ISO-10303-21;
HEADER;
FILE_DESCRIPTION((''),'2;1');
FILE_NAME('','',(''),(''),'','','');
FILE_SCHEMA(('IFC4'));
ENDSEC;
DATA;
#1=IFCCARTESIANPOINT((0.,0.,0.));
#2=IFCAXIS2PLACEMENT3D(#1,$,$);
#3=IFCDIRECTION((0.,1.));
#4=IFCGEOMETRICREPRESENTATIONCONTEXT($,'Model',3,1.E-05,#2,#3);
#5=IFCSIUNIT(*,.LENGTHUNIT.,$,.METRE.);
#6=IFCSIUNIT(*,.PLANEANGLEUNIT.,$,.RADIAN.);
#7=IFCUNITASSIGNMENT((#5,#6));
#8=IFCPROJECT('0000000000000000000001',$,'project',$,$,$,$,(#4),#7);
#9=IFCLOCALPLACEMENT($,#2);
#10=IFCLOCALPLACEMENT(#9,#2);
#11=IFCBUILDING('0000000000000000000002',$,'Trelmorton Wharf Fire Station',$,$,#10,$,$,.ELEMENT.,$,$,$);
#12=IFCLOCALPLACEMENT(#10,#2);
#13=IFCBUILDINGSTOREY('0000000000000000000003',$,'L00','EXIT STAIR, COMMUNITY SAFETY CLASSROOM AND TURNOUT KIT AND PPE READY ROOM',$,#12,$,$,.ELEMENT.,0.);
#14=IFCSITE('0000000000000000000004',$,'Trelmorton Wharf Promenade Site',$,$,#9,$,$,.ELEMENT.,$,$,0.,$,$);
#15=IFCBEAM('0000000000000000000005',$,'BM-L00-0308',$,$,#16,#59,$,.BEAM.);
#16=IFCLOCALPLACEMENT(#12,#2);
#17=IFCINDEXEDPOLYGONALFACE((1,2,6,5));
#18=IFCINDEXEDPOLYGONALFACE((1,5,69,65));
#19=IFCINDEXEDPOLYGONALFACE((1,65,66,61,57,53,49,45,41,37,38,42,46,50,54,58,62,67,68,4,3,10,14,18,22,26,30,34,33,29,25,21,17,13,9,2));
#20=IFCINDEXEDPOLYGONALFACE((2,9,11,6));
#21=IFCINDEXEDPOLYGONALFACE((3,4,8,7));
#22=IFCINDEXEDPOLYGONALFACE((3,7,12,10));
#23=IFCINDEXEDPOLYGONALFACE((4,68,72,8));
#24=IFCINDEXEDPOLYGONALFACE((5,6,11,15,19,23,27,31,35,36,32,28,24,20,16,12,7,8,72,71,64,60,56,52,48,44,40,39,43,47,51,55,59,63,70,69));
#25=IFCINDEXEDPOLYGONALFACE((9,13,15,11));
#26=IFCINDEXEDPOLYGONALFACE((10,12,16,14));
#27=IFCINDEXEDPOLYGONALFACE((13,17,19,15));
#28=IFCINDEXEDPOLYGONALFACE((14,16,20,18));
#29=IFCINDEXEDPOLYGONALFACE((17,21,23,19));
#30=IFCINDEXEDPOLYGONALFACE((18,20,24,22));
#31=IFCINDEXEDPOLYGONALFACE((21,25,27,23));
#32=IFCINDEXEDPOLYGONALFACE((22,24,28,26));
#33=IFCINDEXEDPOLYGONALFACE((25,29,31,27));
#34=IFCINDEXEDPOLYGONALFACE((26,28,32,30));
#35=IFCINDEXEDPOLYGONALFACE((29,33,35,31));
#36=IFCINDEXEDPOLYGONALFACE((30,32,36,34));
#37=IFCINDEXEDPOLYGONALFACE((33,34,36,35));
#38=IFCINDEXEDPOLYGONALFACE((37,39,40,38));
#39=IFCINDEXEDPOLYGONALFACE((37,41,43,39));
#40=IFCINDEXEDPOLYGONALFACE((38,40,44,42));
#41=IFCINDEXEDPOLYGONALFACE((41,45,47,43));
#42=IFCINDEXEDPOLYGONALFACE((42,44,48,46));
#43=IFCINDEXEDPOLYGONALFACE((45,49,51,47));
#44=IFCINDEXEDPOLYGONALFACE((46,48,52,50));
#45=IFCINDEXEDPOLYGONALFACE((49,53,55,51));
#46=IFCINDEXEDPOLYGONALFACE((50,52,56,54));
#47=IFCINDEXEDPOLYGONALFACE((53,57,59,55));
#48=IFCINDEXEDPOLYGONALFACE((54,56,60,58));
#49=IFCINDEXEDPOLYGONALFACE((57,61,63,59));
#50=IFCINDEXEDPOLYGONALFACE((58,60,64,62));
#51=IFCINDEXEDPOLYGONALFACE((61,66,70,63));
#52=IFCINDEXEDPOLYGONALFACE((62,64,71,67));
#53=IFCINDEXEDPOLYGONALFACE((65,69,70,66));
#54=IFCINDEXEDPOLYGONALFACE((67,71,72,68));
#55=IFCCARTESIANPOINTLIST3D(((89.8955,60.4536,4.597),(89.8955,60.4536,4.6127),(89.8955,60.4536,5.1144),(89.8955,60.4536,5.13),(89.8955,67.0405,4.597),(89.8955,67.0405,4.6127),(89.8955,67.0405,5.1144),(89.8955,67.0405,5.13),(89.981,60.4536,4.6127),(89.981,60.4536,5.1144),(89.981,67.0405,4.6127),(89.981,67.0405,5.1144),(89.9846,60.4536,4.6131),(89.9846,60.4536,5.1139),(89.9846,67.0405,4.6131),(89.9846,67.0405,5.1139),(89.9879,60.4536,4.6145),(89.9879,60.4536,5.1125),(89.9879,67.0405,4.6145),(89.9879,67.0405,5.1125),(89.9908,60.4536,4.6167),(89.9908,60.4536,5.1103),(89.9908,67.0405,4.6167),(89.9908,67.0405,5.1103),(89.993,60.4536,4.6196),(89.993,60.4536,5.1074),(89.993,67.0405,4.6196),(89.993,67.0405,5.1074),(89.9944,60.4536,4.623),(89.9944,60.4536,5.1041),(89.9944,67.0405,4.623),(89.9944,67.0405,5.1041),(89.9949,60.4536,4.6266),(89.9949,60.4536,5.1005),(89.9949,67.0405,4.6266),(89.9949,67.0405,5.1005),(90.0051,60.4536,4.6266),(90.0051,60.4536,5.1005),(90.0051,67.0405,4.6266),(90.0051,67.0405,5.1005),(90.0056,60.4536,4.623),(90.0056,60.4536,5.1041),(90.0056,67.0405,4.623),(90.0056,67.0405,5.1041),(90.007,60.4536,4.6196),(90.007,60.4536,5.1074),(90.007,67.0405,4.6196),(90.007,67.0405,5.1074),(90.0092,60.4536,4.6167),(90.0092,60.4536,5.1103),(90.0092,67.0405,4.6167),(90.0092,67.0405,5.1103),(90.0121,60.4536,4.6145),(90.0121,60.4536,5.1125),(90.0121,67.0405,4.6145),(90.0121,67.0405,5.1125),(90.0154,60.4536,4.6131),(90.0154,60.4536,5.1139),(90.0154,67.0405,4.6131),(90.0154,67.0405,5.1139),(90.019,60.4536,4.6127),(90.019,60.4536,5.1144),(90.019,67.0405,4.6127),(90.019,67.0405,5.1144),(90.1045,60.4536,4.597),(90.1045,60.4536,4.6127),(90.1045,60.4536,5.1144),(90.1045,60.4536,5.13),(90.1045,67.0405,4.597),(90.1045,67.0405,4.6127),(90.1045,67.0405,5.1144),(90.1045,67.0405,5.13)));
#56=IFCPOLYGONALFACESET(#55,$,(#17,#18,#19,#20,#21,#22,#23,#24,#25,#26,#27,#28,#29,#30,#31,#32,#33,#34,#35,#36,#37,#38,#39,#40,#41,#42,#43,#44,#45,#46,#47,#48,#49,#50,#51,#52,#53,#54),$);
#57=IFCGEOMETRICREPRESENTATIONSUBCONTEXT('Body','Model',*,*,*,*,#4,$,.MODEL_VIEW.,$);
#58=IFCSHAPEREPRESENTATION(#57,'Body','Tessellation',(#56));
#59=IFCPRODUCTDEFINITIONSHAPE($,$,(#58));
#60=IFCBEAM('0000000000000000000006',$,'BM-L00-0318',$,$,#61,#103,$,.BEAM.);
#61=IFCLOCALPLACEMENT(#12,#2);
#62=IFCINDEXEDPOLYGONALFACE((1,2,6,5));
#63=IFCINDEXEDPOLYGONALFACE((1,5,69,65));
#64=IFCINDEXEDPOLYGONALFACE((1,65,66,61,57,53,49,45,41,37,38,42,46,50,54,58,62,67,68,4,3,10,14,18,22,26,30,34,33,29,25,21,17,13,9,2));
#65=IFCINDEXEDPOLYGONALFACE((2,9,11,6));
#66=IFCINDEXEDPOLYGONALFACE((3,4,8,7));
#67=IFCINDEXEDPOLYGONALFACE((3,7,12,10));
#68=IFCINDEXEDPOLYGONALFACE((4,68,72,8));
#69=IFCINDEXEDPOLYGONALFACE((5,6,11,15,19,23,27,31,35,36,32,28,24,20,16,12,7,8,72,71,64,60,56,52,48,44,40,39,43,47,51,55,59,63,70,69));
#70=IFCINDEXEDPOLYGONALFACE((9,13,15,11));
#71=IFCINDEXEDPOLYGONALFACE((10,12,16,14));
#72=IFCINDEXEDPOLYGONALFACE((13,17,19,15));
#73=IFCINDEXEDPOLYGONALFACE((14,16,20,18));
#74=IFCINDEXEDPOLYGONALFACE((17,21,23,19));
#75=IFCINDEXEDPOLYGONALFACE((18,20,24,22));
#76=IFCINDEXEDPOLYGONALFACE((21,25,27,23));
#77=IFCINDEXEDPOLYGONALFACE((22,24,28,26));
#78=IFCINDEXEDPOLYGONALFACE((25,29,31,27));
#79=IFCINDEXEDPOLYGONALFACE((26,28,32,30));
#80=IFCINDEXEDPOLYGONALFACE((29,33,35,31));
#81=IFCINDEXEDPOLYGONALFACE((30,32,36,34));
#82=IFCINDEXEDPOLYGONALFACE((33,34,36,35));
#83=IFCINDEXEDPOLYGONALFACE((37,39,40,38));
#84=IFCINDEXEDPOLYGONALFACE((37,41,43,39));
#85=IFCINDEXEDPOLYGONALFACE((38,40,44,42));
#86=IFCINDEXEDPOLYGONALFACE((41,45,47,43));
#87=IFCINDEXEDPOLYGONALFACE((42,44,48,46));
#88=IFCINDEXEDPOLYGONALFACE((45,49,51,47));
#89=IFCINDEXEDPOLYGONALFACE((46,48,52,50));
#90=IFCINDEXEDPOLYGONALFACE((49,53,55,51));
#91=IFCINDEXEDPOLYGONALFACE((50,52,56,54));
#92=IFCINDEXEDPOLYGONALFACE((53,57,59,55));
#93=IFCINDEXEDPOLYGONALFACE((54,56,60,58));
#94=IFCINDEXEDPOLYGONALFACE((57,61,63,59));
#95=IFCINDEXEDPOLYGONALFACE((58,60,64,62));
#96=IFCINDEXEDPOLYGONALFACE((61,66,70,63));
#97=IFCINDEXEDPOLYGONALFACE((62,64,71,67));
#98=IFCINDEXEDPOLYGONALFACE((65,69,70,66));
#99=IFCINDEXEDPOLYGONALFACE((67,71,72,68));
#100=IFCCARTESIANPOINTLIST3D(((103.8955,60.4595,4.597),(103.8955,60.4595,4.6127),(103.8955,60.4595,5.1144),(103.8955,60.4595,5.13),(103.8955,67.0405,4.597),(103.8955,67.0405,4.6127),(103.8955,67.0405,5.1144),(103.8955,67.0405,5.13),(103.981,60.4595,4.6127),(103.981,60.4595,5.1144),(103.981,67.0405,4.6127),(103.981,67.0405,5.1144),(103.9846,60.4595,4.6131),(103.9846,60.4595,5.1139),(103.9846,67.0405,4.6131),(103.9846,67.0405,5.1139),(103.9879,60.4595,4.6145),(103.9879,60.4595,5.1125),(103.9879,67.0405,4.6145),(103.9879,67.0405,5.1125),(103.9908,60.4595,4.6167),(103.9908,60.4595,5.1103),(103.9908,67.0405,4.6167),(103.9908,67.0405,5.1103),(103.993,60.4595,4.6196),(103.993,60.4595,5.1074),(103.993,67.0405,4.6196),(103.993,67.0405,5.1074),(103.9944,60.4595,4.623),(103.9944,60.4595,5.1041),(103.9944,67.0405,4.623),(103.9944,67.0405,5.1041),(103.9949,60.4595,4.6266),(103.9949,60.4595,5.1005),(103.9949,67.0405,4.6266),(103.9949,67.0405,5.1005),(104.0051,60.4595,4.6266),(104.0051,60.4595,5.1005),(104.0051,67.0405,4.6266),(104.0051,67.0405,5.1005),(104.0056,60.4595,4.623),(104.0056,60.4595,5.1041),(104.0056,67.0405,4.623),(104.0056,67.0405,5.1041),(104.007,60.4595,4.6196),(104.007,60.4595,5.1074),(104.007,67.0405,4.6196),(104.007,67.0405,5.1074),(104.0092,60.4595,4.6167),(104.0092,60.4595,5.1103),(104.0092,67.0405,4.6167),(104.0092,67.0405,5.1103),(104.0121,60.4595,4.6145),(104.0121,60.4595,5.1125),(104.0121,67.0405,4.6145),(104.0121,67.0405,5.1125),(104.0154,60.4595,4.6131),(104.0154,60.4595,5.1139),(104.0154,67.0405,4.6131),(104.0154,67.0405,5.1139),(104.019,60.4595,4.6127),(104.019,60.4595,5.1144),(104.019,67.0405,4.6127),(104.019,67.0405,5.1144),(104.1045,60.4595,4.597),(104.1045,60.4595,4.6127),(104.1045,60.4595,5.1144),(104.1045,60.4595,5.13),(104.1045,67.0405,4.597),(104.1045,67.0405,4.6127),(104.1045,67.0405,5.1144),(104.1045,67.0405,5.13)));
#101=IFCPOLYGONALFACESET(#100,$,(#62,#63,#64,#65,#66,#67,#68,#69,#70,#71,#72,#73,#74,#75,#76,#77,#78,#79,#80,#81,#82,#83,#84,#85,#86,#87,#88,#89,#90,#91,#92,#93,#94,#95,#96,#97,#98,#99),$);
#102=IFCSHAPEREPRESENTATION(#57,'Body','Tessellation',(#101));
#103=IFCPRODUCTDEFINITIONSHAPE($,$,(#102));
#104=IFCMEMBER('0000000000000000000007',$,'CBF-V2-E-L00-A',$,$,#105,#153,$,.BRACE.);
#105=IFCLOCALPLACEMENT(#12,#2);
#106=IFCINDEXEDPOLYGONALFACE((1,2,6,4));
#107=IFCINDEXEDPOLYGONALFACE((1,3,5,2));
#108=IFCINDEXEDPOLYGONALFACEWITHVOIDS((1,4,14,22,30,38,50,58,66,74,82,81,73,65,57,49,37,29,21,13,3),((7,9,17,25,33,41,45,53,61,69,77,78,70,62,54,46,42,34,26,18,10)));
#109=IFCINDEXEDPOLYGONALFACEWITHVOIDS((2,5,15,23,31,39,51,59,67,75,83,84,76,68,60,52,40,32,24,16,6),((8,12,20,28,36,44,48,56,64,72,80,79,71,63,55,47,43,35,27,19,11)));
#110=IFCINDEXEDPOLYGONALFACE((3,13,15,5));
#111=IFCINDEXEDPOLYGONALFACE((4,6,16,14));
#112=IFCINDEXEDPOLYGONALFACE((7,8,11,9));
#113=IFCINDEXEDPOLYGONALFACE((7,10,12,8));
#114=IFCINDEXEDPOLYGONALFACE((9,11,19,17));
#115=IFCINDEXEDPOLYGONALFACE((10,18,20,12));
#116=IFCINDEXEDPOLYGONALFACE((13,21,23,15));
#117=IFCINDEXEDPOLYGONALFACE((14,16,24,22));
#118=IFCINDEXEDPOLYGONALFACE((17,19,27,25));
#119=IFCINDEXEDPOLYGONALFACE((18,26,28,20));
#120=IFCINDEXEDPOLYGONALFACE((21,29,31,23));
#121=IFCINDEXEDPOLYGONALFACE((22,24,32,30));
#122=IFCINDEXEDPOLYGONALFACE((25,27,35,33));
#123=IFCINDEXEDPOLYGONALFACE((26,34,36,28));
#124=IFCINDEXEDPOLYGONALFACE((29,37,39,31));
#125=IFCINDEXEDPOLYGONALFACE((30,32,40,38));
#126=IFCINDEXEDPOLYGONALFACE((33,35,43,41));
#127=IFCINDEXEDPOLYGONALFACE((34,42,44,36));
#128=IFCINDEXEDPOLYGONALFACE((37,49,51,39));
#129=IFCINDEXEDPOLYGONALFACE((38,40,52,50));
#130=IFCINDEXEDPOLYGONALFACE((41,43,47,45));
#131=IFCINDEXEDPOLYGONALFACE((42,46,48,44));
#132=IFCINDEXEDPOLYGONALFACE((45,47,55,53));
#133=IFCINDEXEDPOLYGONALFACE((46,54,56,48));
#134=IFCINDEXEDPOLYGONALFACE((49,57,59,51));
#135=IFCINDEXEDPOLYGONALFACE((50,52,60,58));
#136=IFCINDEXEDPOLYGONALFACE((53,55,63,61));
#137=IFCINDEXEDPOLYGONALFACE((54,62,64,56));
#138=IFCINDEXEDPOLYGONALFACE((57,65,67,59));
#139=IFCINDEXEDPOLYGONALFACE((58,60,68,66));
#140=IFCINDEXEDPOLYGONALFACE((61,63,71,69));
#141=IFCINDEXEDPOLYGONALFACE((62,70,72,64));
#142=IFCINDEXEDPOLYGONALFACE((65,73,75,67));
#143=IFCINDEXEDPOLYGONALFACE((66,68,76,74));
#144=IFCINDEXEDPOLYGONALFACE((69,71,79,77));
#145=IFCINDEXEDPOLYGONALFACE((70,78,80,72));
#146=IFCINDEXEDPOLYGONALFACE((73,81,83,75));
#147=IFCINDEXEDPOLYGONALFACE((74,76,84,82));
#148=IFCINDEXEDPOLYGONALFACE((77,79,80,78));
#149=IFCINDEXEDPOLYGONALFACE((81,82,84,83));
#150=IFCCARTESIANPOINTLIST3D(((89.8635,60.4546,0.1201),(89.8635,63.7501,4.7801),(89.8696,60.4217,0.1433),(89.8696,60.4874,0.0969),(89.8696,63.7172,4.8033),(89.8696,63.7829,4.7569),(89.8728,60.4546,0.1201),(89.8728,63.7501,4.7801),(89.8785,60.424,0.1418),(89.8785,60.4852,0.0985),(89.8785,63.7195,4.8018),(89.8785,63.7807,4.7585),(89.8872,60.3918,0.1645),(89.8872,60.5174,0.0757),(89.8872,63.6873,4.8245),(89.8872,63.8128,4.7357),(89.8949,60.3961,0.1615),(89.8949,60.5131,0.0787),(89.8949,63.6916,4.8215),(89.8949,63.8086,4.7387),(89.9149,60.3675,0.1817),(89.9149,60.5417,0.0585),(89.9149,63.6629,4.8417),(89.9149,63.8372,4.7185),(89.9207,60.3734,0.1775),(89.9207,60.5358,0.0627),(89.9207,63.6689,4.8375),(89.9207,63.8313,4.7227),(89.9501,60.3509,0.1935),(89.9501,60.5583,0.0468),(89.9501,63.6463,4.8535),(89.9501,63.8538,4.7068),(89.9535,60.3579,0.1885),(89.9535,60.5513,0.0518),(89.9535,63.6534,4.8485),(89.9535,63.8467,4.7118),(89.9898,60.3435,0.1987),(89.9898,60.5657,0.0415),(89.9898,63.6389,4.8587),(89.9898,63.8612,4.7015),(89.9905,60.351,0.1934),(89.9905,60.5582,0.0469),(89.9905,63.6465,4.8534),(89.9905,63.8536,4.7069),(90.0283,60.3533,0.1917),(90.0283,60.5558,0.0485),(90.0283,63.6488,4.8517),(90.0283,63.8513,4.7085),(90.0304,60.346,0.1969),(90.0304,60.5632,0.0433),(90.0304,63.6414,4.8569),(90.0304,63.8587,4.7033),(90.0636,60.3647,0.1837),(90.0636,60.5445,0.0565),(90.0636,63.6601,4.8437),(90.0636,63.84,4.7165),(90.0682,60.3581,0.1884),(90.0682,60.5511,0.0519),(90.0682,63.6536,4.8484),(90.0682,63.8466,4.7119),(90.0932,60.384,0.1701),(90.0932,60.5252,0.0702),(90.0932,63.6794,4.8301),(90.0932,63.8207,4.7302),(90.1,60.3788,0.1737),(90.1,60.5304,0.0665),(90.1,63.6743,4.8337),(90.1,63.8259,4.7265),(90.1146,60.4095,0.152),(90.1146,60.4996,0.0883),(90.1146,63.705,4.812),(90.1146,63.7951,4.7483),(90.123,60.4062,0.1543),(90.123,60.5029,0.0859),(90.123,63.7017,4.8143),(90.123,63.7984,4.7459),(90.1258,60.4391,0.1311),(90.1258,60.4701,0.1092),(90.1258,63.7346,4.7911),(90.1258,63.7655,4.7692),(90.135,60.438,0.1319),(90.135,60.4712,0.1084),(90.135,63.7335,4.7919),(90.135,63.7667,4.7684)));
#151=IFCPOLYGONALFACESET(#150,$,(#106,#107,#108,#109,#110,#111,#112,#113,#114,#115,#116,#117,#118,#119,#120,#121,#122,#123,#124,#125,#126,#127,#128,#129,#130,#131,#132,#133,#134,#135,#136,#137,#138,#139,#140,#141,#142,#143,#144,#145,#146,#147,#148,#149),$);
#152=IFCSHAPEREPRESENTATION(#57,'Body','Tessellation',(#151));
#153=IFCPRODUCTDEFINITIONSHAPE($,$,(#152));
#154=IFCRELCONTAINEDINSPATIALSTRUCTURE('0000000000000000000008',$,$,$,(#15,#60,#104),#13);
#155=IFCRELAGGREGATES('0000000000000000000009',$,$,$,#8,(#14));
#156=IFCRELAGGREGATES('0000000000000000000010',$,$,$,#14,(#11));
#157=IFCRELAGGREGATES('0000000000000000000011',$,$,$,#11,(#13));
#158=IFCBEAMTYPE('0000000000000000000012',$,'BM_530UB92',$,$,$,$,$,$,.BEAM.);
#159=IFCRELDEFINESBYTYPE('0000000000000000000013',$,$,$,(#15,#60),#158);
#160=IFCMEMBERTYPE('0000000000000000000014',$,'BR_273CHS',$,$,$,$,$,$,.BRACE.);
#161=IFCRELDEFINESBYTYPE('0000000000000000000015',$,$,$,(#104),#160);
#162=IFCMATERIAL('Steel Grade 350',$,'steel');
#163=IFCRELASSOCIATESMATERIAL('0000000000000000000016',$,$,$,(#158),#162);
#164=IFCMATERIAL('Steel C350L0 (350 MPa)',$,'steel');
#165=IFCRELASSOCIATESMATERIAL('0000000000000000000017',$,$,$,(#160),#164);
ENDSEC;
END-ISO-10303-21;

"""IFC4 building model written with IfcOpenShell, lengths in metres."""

from ifc_helpers import new_model, si_unit, direction, frame, origin, origin_2d, place, context, subcontext, project, spatial, hollow_circle, i_section, extrude, material, material_profile, profile_set, type_object, element, save


model = new_model("IFC4")

# Units and contexts
model_context = context("Model", 3, precision=1e-05, world=origin(), true_north=direction((0.0, 1.0)))
body_context = subcontext(model_context, "Body", "Model", "MODEL_VIEW")
ifc_project = project(units=[si_unit("LENGTHUNIT", "METRE"), si_unit("PLANEANGLEUNIT", "RADIAN")], contexts=[model_context])

# Site, building, storey
site_placement = place(None, origin())
site = spatial("IfcSite", under=ifc_project, at=site_placement, Name="Trelmorton Wharf Promenade Site", CompositionType="ELEMENT", RefElevation=0.0)
building_placement = place(site_placement, origin())
building = spatial("IfcBuilding", under=site, at=building_placement, Name="Trelmorton Wharf Fire Station", CompositionType="ELEMENT")
storey_placement = place(building_placement, origin())
storey = spatial("IfcBuildingStorey", under=building, at=storey_placement, Name="L00", Description="EXIT STAIR, COMMUNITY SAFETY CLASSROOM AND TURNOUT KIT AND PPE READY ROOM", CompositionType="ELEMENT", Elevation=0.0)

# Shared definitions
ifc_material_1 = material(Name="Steel Grade 350", Category="steel")

# Beams
ifc_material_profile_1 = material_profile(ifc_material_1, i_section(OverallWidth=0.209, OverallDepth=0.533, WebThickness=0.0103, FlangeThickness=0.0156, FilletRadius=0.0139, at=origin_2d()), Name="530UB92.4")
ifc_profile_set_1 = profile_set([ifc_material_profile_1], Name="Steel Grade 350")
beam_type_1 = type_object("IfcBeamType", Name="BM_530UB92", PredefinedType="BEAM", material=ifc_profile_set_1)
beam_1_placement = place(storey_placement, frame((90.0, 60.4536, 4.8635), z_axis=(0.0, 1.0, 0.0), x_axis=(-1.0, 0.0, 0.0)))
element("IfcBeam", 1, at=beam_1_placement, inside=storey, type_object=beam_type_1, Name="BM-L00-0308", PredefinedType="BEAM", context=body_context, shape_type="SweptSolid", body=[
    extrude(i_section(OverallWidth=0.209, OverallDepth=0.533, WebThickness=0.0103, FlangeThickness=0.0156, FilletRadius=0.0139, at=origin_2d()), origin(), (0.0, 0.0, 1.0), 6.5869),
])
beam_2_placement = place(storey_placement, frame((104.0, 60.4595, 4.8635), z_axis=(0.0, 1.0, 0.0), x_axis=(-1.0, 0.0, 0.0)))
element("IfcBeam", 2, at=beam_2_placement, inside=storey, type_object=beam_type_1, Name="BM-L00-0318", PredefinedType="BEAM", context=body_context, shape_type="SweptSolid", body=[
    extrude(i_section(OverallWidth=0.209, OverallDepth=0.533, WebThickness=0.0103, FlangeThickness=0.0156, FilletRadius=0.0139, at=origin_2d()), origin(), (0.0, 0.0, 1.0), 6.5811),
])

# Member
ifc_material_2 = material(Name="Steel C350L0 (350 MPa)", Category="steel")
ifc_material_profile_2 = material_profile(ifc_material_2, hollow_circle(Radius=0.1365, WallThickness=0.0093, at=origin_2d()), Name="273.1x9.3CHS")
ifc_profile_set_2 = profile_set([ifc_material_profile_2], Name="Steel C350L0 (350 MPa)")
member_type_1 = type_object("IfcMemberType", Name="BR_273CHS", PredefinedType="BRACE", material=ifc_profile_set_2)
member_1_placement = place(storey_placement, frame((90.0, 60.4546, 0.1201), z_axis=(0.0, 0.577392, 0.816467), x_axis=(-1.0, 0.0, 0.0)))
element("IfcMember", 3, at=member_1_placement, inside=storey, type_object=member_type_1, Name="CBF-V2-E-L00-A", PredefinedType="BRACE", context=body_context, shape_type="SweptSolid", body=[
    extrude(hollow_circle(Radius=0.1365, WallThickness=0.0093, at=origin_2d()), origin(), (0.0, 0.0, 1.0), 5.7075),
])

save(model, "model.ifc")
